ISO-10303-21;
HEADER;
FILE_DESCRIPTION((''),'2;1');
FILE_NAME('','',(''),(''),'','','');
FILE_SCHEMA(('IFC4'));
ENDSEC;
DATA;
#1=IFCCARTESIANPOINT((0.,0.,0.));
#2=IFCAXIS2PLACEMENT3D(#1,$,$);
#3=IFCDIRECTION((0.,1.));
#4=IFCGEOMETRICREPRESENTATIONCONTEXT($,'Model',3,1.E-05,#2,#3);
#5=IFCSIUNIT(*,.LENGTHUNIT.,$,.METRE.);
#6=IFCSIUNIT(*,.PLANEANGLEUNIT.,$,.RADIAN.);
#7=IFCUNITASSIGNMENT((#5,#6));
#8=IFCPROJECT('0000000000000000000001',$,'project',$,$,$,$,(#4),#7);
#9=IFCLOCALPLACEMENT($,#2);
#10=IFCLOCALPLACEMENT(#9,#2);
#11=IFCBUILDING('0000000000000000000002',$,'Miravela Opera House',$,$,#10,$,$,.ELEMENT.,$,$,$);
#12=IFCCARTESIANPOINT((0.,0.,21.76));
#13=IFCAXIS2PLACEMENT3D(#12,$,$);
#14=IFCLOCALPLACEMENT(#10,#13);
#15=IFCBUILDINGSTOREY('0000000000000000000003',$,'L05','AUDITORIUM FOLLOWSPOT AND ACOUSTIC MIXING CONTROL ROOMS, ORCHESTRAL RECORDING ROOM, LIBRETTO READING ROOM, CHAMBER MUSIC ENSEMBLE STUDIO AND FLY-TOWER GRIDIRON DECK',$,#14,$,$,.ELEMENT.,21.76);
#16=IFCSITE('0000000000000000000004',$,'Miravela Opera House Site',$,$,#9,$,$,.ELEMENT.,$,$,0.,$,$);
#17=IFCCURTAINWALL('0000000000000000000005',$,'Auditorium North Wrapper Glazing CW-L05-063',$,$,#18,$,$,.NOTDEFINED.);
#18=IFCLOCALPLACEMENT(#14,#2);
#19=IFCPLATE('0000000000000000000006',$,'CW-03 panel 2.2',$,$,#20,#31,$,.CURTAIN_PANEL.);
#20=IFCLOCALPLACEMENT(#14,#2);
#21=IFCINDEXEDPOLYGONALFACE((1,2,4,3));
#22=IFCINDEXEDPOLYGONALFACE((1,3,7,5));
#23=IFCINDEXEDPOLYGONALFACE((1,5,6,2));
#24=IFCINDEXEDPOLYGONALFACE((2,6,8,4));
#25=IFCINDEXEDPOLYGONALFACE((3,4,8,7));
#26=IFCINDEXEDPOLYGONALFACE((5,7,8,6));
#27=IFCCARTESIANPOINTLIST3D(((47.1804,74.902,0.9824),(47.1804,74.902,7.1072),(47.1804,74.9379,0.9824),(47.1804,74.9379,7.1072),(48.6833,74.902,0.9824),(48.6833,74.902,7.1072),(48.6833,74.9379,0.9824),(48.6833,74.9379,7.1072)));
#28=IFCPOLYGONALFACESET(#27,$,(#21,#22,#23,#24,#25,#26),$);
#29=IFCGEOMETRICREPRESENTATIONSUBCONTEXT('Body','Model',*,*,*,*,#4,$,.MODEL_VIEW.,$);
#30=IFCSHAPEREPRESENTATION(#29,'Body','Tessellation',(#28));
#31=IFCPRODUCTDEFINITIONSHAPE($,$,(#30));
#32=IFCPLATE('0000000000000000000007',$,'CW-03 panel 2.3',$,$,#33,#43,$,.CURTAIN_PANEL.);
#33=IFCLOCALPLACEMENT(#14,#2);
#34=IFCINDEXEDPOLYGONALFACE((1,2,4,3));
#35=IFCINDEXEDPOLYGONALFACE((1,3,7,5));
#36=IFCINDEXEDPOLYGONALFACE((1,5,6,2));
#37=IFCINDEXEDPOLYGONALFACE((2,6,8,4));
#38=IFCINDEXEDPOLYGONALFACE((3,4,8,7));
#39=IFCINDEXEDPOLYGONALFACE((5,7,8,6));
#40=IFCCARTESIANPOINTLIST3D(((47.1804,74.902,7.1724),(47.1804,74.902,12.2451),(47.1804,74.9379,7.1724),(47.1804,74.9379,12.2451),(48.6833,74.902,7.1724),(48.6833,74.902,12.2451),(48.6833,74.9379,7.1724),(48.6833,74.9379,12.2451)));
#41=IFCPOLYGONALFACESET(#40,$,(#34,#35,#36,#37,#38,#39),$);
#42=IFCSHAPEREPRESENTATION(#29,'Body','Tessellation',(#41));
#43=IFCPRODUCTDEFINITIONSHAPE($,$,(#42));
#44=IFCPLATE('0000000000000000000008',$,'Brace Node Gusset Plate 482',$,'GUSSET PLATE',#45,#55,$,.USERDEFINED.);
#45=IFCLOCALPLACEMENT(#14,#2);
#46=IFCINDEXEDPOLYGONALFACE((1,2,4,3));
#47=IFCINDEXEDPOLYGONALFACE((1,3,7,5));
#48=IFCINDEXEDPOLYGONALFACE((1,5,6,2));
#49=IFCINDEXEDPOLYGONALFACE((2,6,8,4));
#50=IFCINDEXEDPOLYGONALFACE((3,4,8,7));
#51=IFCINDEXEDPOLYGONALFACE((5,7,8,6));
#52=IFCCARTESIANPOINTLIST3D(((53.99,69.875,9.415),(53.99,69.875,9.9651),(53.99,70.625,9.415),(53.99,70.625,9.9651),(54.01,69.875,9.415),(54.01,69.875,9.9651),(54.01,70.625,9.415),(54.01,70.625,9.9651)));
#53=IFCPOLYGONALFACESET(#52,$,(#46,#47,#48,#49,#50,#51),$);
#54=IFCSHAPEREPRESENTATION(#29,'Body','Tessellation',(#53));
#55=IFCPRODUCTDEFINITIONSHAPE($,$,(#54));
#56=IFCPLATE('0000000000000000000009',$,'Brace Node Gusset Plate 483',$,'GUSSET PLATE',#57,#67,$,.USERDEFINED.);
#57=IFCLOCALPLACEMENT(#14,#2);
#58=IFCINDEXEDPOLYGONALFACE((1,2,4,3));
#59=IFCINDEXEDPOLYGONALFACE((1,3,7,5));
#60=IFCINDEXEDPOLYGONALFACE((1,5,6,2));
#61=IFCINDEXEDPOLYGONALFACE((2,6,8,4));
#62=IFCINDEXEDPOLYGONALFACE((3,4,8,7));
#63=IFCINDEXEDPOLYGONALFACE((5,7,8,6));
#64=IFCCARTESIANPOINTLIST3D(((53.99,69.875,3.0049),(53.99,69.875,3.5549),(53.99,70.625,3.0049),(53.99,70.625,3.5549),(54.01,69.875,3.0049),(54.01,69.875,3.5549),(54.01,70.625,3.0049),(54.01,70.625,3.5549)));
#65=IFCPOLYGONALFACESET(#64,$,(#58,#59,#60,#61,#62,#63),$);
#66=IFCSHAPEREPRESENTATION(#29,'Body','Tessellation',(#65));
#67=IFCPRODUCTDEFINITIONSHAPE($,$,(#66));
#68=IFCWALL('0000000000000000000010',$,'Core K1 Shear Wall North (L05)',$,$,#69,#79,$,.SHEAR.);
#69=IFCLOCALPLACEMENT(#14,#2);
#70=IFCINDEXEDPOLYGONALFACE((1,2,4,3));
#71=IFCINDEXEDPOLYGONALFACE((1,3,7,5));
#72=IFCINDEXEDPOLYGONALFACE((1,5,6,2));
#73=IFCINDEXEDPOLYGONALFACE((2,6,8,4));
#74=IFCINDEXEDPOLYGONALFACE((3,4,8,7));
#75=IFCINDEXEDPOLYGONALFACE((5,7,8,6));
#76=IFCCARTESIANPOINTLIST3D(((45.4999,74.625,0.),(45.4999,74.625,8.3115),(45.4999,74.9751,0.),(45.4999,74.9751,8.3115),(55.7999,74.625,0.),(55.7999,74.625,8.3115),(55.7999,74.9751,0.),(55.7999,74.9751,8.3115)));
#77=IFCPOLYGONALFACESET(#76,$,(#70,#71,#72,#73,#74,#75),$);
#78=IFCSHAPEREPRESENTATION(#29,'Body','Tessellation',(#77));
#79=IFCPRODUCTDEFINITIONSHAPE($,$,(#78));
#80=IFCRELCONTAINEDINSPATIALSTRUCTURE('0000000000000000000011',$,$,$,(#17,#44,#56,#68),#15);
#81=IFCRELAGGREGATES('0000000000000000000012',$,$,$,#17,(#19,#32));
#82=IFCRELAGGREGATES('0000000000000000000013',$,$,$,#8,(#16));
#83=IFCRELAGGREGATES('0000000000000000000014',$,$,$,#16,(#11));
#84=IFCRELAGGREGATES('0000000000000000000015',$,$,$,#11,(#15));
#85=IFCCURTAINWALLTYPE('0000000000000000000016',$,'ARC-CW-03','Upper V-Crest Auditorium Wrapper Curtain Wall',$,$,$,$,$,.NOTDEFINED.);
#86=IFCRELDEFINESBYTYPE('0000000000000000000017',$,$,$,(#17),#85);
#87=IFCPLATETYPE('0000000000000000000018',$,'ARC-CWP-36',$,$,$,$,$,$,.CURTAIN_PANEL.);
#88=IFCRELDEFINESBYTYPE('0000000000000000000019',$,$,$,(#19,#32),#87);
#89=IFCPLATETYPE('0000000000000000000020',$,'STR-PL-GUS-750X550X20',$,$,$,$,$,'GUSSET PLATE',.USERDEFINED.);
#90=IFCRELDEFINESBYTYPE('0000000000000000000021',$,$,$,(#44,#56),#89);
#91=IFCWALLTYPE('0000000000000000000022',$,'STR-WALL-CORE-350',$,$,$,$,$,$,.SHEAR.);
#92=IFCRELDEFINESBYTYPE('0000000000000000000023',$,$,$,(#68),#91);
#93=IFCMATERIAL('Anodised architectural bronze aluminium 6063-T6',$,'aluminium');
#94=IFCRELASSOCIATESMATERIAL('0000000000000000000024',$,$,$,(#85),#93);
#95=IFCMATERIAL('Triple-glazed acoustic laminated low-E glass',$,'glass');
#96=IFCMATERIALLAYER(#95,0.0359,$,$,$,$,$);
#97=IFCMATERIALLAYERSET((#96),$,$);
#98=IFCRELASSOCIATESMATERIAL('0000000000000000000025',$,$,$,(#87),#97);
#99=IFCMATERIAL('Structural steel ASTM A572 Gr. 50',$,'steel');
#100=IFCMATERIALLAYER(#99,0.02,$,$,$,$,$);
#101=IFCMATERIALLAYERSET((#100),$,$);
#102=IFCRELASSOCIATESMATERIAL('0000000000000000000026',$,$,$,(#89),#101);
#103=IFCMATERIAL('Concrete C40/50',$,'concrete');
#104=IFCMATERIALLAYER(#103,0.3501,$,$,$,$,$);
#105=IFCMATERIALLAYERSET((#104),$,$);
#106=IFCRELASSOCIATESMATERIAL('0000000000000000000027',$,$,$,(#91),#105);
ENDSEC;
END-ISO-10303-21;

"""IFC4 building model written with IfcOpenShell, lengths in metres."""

from ifc_helpers import new_model, si_unit, direction, frame, frame_2d, origin, origin_2d, place, context, subcontext, project, spatial, rectangle, extrude, material, layer, layer_set, type_object, element, aggregate, save


model = new_model("IFC4")

# Units and contexts
model_context = context("Model", 3, precision=1e-05, world=origin(), true_north=direction((0.0, 1.0)))
body_context = subcontext(model_context, "Body", "Model", "MODEL_VIEW")
ifc_project = project(units=[si_unit("LENGTHUNIT", "METRE"), si_unit("PLANEANGLEUNIT", "RADIAN")], contexts=[model_context])

# Site, building, storey
site_placement = place(None, origin())
site = spatial("IfcSite", under=ifc_project, at=site_placement, Name="Miravela Opera House Site", CompositionType="ELEMENT", RefElevation=0.0)
building_placement = place(site_placement, origin())
building = spatial("IfcBuilding", under=site, at=building_placement, Name="Miravela Opera House", CompositionType="ELEMENT")
storey_placement = place(building_placement, frame((0.0, 0.0, 21.76)))
storey = spatial("IfcBuildingStorey", under=building, at=storey_placement, Name="L05", Description="AUDITORIUM FOLLOWSPOT AND ACOUSTIC MIXING CONTROL ROOMS, ORCHESTRAL RECORDING ROOM, LIBRETTO READING ROOM, CHAMBER MUSIC ENSEMBLE STUDIO AND FLY-TOWER GRIDIRON DECK", CompositionType="ELEMENT", Elevation=21.76)

# Curtain wall
ifc_material_1 = material(Name="Anodised architectural bronze aluminium 6063-T6", Category="aluminium")
curtain_wall_type = type_object("IfcCurtainWallType", Name="ARC-CW-03", Description="Upper V-Crest Auditorium Wrapper Curtain Wall", PredefinedType="NOTDEFINED", material=ifc_material_1)
curtain_wall_placement = place(storey_placement, origin())
curtain_wall = element("IfcCurtainWall", 1, at=curtain_wall_placement, inside=storey, type_object=curtain_wall_type, Name="Auditorium North Wrapper Glazing CW-L05-063", PredefinedType="NOTDEFINED")

# Plates
ifc_material_2 = material(Name="Triple-glazed acoustic laminated low-E glass", Category="glass")
ifc_layer_1 = layer(ifc_material_2, 0.0359)
ifc_layer_set_1 = layer_set([ifc_layer_1])
plate_type_1 = type_object("IfcPlateType", Name="ARC-CWP-36", PredefinedType="CURTAIN_PANEL", material=ifc_layer_set_1)
plate_1_placement = place(storey_placement, frame((47.9319, 74.9199, 0.9824), z_axis=(0.0, 0.0, 1.0), x_axis=(1.0, 0.0, 0.0)))
plate_1 = element("IfcPlate", 2, at=plate_1_placement, type_object=plate_type_1, Name="CW-03 panel 2.2", PredefinedType="CURTAIN_PANEL", context=body_context, shape_type="SweptSolid", body=[
    extrude(rectangle(XDim=1.5029, YDim=0.0359, at=origin_2d()), origin(), (0.0, 0.0, 1.0), 6.1248),
])
plate_2_placement = place(storey_placement, frame((47.9319, 74.9199, 7.1724), z_axis=(0.0, 0.0, 1.0), x_axis=(1.0, 0.0, 0.0)))
plate_2 = element("IfcPlate", 3, at=plate_2_placement, type_object=plate_type_1, Name="CW-03 panel 2.3", PredefinedType="CURTAIN_PANEL", context=body_context, shape_type="SweptSolid", body=[
    extrude(rectangle(XDim=1.5029, YDim=0.0359, at=origin_2d()), origin(), (0.0, 0.0, 1.0), 5.0728),
])
aggregate(curtain_wall, [plate_1, plate_2])

# Plates
ifc_material_3 = material(Name="Structural steel ASTM A572 Gr. 50", Category="steel")
ifc_layer_2 = layer(ifc_material_3, 0.02)
ifc_layer_set_2 = layer_set([ifc_layer_2])
plate_type_2 = type_object("IfcPlateType", Name="STR-PL-GUS-750X550X20", ElementType="GUSSET PLATE", PredefinedType="USERDEFINED", material=ifc_layer_set_2)
for number, where, z_axis, x_axis, name in (
    (4, (54.0, 70.25, 9.415), (0.0, 0.0, 1.0), (0.0, 1.0, 0.0), "Brace Node Gusset Plate 482"),
    (5, (54.0, 70.25, 3.0049), (0.0, 0.0, 1.0), (0.0, 1.0, 0.0), "Brace Node Gusset Plate 483"),
):
    element("IfcPlate", number, at=place(storey_placement, frame(where, z_axis=z_axis, x_axis=x_axis)), inside=storey, type_object=plate_type_2, Name=name, ObjectType="GUSSET PLATE", PredefinedType="USERDEFINED", context=body_context, shape_type="SweptSolid", body=[
        extrude(rectangle(XDim=0.75, YDim=0.02, at=origin_2d()), origin(), (0.0, 0.0, 1.0), 0.55),
    ])

# Wall
ifc_material_4 = material(Name="Concrete C40/50", Category="concrete")
ifc_layer_3 = layer(ifc_material_4, 0.3501)
ifc_layer_set_3 = layer_set([ifc_layer_3])
wall_type = type_object("IfcWallType", Name="STR-WALL-CORE-350", PredefinedType="SHEAR", material=ifc_layer_set_3)
wall_placement = place(storey_placement, frame((45.5, 74.8, 0.0), z_axis=(0.0, 0.0, 1.0), x_axis=(1.0, 0.0, 0.0)))
element("IfcWall", 6, at=wall_placement, inside=storey, type_object=wall_type, Name="Core K1 Shear Wall North (L05)", PredefinedType="SHEAR", context=body_context, shape_type="SweptSolid", body=[
    extrude(rectangle(XDim=10.3, YDim=0.3501, at=frame_2d((5.1499, 0.0))), origin(), (0.0, 0.0, 1.0), 8.3115),
])

save(model, "model.ifc")
